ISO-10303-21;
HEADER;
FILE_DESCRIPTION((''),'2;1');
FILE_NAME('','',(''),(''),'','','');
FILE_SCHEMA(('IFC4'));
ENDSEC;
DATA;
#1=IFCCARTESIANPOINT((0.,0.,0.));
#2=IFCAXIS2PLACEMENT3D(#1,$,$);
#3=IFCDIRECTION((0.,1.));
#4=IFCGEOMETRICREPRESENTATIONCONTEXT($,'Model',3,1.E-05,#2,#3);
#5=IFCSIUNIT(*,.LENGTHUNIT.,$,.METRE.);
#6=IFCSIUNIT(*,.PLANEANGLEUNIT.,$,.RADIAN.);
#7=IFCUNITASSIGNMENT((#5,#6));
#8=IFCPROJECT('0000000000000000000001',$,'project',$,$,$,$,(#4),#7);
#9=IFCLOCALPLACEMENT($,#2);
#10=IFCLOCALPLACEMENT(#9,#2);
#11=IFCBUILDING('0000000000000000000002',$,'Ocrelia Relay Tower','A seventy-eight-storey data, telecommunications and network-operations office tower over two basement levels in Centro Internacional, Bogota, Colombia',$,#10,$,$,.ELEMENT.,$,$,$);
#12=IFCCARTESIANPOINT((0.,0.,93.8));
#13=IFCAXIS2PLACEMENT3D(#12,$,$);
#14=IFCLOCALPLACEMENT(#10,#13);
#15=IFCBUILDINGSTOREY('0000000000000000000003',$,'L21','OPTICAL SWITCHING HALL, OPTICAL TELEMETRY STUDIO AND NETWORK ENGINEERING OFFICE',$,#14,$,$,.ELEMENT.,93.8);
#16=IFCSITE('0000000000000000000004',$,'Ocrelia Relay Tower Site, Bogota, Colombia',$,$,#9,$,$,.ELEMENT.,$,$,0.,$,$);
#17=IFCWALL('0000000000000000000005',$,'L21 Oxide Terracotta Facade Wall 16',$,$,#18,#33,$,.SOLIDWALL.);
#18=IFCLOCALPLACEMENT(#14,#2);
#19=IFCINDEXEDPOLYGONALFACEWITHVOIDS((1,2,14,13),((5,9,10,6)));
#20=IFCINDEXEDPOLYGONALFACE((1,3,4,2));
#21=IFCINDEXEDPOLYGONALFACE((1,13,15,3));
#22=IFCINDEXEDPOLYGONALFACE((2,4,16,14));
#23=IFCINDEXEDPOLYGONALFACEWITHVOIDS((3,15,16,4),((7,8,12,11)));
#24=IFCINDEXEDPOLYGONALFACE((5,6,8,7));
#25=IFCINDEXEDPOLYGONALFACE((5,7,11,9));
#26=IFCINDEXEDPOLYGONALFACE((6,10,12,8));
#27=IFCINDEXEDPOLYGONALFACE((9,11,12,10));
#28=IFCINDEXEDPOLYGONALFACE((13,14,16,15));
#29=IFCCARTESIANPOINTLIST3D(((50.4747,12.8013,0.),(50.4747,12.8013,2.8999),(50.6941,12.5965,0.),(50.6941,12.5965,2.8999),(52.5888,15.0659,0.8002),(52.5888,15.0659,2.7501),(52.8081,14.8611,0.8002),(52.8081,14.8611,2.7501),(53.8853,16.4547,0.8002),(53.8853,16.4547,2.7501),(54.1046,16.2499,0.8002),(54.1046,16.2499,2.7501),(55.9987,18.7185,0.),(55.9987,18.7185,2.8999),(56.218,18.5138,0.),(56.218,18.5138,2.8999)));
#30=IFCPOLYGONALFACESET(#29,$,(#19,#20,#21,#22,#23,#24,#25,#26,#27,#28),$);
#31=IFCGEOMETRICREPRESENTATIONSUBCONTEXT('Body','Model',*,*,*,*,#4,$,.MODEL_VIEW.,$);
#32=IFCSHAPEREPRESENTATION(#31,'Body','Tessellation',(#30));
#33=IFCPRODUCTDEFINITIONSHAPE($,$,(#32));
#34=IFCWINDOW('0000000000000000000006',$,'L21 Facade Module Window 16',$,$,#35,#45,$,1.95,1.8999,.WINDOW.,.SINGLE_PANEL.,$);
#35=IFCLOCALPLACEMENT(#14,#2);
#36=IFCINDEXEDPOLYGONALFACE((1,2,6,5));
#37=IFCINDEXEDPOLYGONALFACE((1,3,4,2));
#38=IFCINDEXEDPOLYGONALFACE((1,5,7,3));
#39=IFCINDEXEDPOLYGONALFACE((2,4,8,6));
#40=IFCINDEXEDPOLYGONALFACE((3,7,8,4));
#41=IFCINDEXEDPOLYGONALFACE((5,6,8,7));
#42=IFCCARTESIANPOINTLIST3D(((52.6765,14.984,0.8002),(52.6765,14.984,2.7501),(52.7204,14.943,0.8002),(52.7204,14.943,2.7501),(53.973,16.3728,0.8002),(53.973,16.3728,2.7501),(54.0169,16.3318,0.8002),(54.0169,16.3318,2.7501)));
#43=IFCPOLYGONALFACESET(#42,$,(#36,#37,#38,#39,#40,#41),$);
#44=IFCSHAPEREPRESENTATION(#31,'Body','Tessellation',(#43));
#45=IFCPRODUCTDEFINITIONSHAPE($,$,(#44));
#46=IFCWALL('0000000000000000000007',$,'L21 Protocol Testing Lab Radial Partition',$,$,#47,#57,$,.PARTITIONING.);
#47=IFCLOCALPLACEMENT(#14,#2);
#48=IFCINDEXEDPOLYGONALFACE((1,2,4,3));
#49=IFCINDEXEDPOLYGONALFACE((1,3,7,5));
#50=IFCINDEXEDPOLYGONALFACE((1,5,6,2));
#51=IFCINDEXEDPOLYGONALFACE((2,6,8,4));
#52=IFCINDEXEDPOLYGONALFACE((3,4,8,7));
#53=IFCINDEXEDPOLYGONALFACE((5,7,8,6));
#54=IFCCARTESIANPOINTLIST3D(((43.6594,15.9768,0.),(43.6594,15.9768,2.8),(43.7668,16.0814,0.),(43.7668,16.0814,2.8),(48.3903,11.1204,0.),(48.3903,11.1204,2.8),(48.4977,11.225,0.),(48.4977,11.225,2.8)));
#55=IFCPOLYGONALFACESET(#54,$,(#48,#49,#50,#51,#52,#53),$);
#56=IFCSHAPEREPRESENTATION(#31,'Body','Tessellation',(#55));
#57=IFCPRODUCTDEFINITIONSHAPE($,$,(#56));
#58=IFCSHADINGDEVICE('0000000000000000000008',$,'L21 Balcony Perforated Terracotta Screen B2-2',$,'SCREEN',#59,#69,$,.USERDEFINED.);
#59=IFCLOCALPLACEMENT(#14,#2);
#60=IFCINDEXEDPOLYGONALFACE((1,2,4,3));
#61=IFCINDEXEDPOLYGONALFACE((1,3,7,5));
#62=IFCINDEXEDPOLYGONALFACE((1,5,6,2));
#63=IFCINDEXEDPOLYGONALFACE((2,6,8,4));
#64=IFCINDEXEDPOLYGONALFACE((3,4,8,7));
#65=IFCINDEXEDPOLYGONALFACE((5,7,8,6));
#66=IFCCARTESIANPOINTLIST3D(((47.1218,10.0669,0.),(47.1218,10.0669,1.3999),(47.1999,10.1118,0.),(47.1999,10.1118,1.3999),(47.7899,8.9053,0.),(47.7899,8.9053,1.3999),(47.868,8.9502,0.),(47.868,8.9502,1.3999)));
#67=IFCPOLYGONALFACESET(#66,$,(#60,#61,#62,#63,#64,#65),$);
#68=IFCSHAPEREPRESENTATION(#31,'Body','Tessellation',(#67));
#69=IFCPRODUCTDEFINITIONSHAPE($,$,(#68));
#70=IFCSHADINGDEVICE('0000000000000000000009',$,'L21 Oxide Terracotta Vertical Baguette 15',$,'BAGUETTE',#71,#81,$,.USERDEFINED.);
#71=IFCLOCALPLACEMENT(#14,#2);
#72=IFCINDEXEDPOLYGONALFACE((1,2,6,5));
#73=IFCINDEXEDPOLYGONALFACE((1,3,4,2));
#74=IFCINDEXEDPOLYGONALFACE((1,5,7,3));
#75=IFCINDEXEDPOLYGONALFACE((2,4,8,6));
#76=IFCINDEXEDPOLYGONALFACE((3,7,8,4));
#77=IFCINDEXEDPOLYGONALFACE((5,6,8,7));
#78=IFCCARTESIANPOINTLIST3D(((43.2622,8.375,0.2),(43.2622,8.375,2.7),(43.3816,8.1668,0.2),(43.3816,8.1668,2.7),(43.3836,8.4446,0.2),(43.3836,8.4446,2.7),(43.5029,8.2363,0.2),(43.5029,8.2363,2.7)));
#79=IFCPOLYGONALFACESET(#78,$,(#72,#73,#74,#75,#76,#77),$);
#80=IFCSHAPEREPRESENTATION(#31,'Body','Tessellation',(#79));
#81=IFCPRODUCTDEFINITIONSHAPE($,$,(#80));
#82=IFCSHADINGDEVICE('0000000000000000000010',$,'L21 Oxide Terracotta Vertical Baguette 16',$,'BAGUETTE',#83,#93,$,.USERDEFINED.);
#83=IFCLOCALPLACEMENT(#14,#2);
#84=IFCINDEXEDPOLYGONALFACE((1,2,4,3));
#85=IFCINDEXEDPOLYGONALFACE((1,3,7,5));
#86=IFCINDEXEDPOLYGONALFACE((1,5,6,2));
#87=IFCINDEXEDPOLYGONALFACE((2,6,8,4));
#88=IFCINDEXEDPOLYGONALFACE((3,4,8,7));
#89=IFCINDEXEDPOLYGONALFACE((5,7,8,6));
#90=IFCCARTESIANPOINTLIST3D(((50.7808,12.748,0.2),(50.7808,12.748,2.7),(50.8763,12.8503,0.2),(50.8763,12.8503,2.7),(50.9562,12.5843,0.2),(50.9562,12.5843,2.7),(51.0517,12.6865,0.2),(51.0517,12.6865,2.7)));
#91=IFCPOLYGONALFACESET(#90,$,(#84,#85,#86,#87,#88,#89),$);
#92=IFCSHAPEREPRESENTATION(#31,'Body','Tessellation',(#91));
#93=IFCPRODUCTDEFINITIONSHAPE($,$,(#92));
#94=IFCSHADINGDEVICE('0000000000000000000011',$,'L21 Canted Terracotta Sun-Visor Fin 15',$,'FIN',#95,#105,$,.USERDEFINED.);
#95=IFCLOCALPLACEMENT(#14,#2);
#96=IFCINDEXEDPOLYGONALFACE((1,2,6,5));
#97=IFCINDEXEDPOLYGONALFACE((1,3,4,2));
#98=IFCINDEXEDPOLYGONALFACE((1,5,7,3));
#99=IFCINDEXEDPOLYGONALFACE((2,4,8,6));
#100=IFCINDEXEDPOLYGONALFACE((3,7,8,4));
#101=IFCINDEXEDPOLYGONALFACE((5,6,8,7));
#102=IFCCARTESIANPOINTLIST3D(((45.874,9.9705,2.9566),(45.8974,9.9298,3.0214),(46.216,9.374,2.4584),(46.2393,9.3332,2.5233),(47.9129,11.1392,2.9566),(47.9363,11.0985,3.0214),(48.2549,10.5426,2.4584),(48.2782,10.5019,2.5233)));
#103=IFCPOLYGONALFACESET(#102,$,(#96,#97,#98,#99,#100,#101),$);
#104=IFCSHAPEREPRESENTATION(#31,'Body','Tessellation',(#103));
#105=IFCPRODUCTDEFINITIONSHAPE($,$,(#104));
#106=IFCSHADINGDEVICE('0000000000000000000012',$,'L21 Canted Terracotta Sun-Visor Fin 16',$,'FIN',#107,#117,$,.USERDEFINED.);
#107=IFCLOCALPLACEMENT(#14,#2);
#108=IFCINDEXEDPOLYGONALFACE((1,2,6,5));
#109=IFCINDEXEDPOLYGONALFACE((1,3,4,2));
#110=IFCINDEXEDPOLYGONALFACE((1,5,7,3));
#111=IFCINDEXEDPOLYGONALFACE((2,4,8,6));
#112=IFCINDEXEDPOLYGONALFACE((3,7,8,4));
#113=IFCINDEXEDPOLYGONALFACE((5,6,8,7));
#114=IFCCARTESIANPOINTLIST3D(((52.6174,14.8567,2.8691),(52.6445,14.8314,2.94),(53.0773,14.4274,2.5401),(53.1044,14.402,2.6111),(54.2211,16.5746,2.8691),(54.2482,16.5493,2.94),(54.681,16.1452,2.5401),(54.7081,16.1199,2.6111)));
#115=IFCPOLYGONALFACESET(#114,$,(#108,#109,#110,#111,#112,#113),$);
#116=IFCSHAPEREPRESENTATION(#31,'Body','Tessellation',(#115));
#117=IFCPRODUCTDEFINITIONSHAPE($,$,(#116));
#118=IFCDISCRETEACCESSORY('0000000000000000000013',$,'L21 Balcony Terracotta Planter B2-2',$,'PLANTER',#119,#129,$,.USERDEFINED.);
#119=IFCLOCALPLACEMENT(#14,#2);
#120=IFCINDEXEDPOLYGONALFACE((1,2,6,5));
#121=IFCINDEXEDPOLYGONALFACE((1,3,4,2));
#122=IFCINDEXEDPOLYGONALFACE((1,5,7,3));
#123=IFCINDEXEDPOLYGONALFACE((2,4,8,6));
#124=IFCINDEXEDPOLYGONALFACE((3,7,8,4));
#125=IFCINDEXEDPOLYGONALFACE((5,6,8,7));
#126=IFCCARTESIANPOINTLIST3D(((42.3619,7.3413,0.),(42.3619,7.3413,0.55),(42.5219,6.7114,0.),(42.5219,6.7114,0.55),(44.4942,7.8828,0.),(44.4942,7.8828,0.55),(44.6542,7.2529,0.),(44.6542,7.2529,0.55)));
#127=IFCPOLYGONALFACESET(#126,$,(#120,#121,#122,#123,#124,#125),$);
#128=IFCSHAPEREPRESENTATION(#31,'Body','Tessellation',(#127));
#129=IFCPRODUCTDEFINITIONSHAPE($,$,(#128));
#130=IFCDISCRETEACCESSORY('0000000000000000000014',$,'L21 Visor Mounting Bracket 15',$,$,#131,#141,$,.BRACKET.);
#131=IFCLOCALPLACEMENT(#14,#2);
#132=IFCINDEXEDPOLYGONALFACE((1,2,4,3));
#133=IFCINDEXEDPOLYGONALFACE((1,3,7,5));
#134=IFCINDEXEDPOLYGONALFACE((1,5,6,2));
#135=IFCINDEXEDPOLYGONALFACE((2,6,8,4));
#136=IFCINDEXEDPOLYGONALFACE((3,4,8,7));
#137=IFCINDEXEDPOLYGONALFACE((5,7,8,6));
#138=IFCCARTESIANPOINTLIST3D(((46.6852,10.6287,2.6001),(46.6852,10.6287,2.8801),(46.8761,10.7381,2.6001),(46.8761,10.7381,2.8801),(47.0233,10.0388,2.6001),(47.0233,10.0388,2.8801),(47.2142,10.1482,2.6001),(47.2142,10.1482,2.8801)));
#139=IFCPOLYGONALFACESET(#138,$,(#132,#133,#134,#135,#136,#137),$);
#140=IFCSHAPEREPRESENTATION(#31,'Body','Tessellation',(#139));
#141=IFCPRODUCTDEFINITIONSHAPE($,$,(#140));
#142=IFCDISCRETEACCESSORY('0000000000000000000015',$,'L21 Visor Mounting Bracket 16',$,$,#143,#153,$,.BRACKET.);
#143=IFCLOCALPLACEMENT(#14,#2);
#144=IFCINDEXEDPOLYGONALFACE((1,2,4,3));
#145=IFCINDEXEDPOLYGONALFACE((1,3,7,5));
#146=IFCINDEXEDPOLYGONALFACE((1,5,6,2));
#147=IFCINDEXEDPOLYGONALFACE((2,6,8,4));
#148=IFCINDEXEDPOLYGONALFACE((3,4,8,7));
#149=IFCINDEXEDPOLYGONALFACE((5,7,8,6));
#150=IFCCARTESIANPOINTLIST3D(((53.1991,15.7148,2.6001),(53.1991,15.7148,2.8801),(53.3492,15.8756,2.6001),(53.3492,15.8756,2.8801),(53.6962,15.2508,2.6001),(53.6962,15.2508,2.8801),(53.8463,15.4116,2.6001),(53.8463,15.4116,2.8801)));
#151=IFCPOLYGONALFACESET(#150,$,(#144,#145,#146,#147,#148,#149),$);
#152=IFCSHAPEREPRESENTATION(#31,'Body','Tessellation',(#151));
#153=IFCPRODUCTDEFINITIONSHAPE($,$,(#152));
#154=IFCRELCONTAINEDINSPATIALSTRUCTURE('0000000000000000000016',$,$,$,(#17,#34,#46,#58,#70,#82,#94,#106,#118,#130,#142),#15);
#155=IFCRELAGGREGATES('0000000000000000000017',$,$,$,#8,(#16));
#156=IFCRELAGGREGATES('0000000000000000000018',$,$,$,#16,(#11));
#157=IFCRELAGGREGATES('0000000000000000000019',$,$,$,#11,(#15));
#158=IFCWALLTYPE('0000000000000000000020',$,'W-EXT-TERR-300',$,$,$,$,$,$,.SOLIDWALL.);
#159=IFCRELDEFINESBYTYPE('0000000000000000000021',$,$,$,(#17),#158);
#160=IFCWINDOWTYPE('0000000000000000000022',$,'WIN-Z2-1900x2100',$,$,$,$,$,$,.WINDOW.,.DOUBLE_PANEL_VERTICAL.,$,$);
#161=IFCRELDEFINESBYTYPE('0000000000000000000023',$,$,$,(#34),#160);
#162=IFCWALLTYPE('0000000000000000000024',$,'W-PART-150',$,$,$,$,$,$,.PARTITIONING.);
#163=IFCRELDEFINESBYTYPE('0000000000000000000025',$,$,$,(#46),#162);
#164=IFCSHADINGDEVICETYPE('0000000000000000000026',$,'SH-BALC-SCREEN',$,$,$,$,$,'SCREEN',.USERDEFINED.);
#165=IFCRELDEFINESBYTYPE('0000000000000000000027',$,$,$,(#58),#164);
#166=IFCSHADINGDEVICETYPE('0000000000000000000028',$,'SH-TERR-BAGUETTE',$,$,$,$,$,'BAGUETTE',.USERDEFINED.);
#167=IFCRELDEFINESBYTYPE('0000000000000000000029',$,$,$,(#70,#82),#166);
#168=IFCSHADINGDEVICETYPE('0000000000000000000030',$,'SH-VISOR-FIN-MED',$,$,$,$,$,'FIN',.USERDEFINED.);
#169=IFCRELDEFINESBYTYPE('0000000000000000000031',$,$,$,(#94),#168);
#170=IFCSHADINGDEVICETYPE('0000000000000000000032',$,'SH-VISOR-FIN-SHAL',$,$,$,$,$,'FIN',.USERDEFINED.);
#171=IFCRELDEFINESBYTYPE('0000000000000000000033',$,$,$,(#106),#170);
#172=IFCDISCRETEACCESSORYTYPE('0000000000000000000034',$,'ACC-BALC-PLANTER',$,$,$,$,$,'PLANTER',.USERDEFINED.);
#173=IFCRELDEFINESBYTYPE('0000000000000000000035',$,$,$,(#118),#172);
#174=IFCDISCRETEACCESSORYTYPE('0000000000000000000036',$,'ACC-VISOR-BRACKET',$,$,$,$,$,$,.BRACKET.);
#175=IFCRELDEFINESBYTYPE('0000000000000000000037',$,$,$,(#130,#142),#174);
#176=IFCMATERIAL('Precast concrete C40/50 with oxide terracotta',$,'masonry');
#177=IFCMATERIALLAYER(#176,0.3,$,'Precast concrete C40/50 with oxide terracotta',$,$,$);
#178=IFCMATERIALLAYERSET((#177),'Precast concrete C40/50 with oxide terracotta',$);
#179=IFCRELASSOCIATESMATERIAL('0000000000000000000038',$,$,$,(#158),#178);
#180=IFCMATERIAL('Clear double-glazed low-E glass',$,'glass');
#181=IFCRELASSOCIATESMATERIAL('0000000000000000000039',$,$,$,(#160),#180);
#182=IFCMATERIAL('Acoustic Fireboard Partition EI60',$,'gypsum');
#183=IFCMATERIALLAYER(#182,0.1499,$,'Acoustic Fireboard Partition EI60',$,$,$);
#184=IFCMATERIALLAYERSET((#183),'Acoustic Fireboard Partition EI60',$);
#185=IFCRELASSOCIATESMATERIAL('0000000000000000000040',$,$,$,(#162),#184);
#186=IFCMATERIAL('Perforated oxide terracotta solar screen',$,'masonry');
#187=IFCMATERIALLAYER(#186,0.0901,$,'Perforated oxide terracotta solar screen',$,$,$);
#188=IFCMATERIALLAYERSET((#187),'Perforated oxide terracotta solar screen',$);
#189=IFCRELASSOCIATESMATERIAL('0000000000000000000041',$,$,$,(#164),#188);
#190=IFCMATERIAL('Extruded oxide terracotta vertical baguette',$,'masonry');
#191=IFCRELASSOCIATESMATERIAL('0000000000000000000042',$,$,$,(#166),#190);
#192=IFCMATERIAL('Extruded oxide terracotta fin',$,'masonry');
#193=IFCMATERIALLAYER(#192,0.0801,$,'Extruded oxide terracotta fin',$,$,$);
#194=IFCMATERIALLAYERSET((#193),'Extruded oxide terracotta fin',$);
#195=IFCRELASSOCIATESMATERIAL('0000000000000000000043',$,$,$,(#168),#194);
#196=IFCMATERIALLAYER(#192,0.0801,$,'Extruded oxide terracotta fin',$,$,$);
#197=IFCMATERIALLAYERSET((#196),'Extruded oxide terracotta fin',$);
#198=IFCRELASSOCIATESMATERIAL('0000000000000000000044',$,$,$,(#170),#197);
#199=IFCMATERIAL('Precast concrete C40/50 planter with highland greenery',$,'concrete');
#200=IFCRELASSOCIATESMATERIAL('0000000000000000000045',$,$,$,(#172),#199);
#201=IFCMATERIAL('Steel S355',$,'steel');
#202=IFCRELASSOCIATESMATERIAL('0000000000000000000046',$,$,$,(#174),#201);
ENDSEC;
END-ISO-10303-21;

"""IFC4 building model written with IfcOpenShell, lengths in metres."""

from ifc_helpers import new_model, si_unit, direction, frame, frame_2d, origin, origin_2d, place, context, subcontext, project, spatial, rectangle, extrude, material, layer, layer_set, type_object, element, fill, save


model = new_model("IFC4")

# Units and contexts
model_context = context("Model", 3, precision=1e-05, world=origin(), true_north=direction((0.0, 1.0)))
body_context = subcontext(model_context, "Body", "Model", "MODEL_VIEW")
ifc_project = project(units=[si_unit("LENGTHUNIT", "METRE"), si_unit("PLANEANGLEUNIT", "RADIAN")], contexts=[model_context])

# Site, building, storey
site_placement = place(None, origin())
site = spatial("IfcSite", under=ifc_project, at=site_placement, Name="Ocrelia Relay Tower Site, Bogota, Colombia", CompositionType="ELEMENT", RefElevation=0.0)
building_placement = place(site_placement, origin())
building = spatial("IfcBuilding", under=site, at=building_placement, Name="Ocrelia Relay Tower", Description="A seventy-eight-storey data, telecommunications and network-operations office tower over two basement levels in Centro Internacional, Bogota, Colombia", CompositionType="ELEMENT")
storey_placement = place(building_placement, frame((0.0, 0.0, 93.8)))
storey = spatial("IfcBuildingStorey", under=building, at=storey_placement, Name="L21", Description="OPTICAL SWITCHING HALL, OPTICAL TELEMETRY STUDIO AND NETWORK ENGINEERING OFFICE", CompositionType="ELEMENT", Elevation=93.8)

# Shared definitions
ifc_material_1 = material(Name="Steel S355", Category="steel")

# Wall, opening, window
ifc_material_2 = material(Name="Precast concrete C40/50 with oxide terracotta", Category="masonry")
ifc_layer_1 = layer(ifc_material_2, 0.3, Name="Precast concrete C40/50 with oxide terracotta")
ifc_layer_set_1 = layer_set([ifc_layer_1], Name="Precast concrete C40/50 with oxide terracotta")
wall_type_1 = type_object("IfcWallType", Name="W-EXT-TERR-300", PredefinedType="SOLIDWALL", material=ifc_layer_set_1)
wall_1_placement = place(storey_placement, frame((50.5845, 12.699, 0.0), z_axis=(0.0, 0.0, 1.0), x_axis=(0.682396, 0.730983, 0.0)))
wall_1 = element("IfcWall", 1, at=wall_1_placement, inside=storey, type_object=wall_type_1, Name="L21 Oxide Terracotta Facade Wall 16", PredefinedType="SOLIDWALL", context=body_context, shape_type="SweptSolid", body=[
    extrude(rectangle(XDim=8.095, YDim=0.3, at=frame_2d((4.0474, 0.0))), origin(), (0.0, 0.0, 1.0), 2.8999),
])
opening_placement = place(wall_1_placement, frame((3.0979, 0.0, 0.8)))
opening = element("IfcOpeningElement", 2, at=opening_placement, cuts=wall_1, PredefinedType="OPENING", context=body_context, shape_type="SweptSolid", body=[
    extrude(rectangle(XDim=1.8999, YDim=1.95, at=frame_2d((0.95, 0.9751))), frame((0.0, 0.1602, 0.0), z_axis=(0.0, -1.0, 0.0), x_axis=(1.0, 0.0, 0.0)), (0.0, 0.0, 1.0), 0.3201),
])
ifc_material_3 = material(Name="Clear double-glazed low-E glass", Category="glass")
window_type = type_object("IfcWindowType", Name="WIN-Z2-1900x2100", PartitioningType="DOUBLE_PANEL_VERTICAL", PredefinedType="WINDOW", material=ifc_material_3)
window_placement = place(opening_placement, origin())
window = element("IfcWindow", 3, at=window_placement, inside=storey, type_object=window_type, Name="L21 Facade Module Window 16", OverallHeight=1.95, OverallWidth=1.8999, PartitioningType="SINGLE_PANEL", PredefinedType="WINDOW", context=body_context, shape_type="SweptSolid", body=[
    extrude(rectangle(XDim=1.8999, YDim=1.95, at=frame_2d((0.95, 0.9751))), frame((0.0, 0.03, 0.0), z_axis=(0.0, -1.0, 0.0), x_axis=(1.0, 0.0, 0.0)), (0.0, 0.0, 1.0), 0.0601),
])
fill(opening, window)

# Wall
ifc_material_4 = material(Name="Acoustic Fireboard Partition EI60", Category="gypsum")
ifc_layer_2 = layer(ifc_material_4, 0.1499, Name="Acoustic Fireboard Partition EI60")
ifc_layer_set_2 = layer_set([ifc_layer_2], Name="Acoustic Fireboard Partition EI60")
wall_type_2 = type_object("IfcWallType", Name="W-PART-150", PredefinedType="PARTITIONING", material=ifc_layer_set_2)
wall_2_placement = place(storey_placement, frame((43.7131, 16.0291, 0.0), z_axis=(0.0, 0.0, 1.0), x_axis=(0.697792, -0.716301, 0.0)))
element("IfcWall", 4, at=wall_2_placement, inside=storey, type_object=wall_type_2, Name="L21 Protocol Testing Lab Radial Partition", PredefinedType="PARTITIONING", context=body_context, shape_type="SweptSolid", body=[
    extrude(rectangle(XDim=6.7798, YDim=0.1499, at=frame_2d((3.3899, 0.0))), origin(), (0.0, 0.0, 1.0), 2.8),
])

# Shading devices
ifc_material_5 = material(Name="Perforated oxide terracotta solar screen", Category="masonry")
ifc_layer_3 = layer(ifc_material_5, 0.0901, Name="Perforated oxide terracotta solar screen")
ifc_layer_set_3 = layer_set([ifc_layer_3], Name="Perforated oxide terracotta solar screen")
shading_device_type_1 = type_object("IfcShadingDeviceType", Name="SH-BALC-SCREEN", ElementType="SCREEN", PredefinedType="USERDEFINED", material=ifc_layer_set_3)
shading_device_1_placement = place(storey_placement, frame((47.4949, 9.5085, 0.0), z_axis=(0.0, 0.0, 1.0), x_axis=(0.498556, -0.866857, 0.0)))
element("IfcShadingDevice", 5, at=shading_device_1_placement, inside=storey, type_object=shading_device_type_1, Name="L21 Balcony Perforated Terracotta Screen B2-2", ObjectType="SCREEN", PredefinedType="USERDEFINED", context=body_context, shape_type="SweptSolid", body=[
    extrude(rectangle(XDim=1.3401, YDim=0.0901, at=origin_2d()), origin(), (0.0, 0.0, 1.0), 1.3999),
])
ifc_material_6 = material(Name="Extruded oxide terracotta vertical baguette", Category="masonry")
shading_device_type_2 = type_object("IfcShadingDeviceType", Name="SH-TERR-BAGUETTE", ElementType="BAGUETTE", PredefinedType="USERDEFINED", material=ifc_material_6)
for number, where, z_axis, x_axis, name in (
    (6, (43.3826, 8.3057, 0.2), (0.0, 0.0, 1.0), (0.867582, 0.497293, 0.0), "L21 Oxide Terracotta Vertical Baguette 15"),
    (7, (50.9163, 12.7173, 0.2), (0.0, 0.0, 1.0), (0.682397, 0.730982, 0.0), "L21 Oxide Terracotta Vertical Baguette 16"),
):
    element("IfcShadingDevice", number, at=place(storey_placement, frame(where, z_axis=z_axis, x_axis=x_axis)), inside=storey, type_object=shading_device_type_2, Name=name, ObjectType="BAGUETTE", PredefinedType="USERDEFINED", context=body_context, shape_type="SweptSolid", body=[
        extrude(rectangle(XDim=0.1399, YDim=0.24, at=origin_2d()), origin(), (0.0, 0.0, 1.0), 2.5),
    ])
ifc_material_7 = material(Name="Extruded oxide terracotta fin", Category="masonry")
ifc_layer_4 = layer(ifc_material_7, 0.0801, Name="Extruded oxide terracotta fin")
ifc_layer_set_4 = layer_set([ifc_layer_4], Name="Extruded oxide terracotta fin")
shading_device_type_3 = type_object("IfcShadingDeviceType", Name="SH-VISOR-FIN-MED", ElementType="FIN", PredefinedType="USERDEFINED", material=ifc_layer_set_4)
shading_device_2_placement = place(storey_placement, frame((47.0645, 10.2566, 2.7075), z_axis=(0.29174, -0.508972, 0.809837), x_axis=(0.867582, 0.497293, 0.0)))
element("IfcShadingDevice", 8, at=shading_device_2_placement, inside=storey, type_object=shading_device_type_3, Name="L21 Canted Terracotta Sun-Visor Fin 15", ObjectType="FIN", PredefinedType="USERDEFINED", context=body_context, shape_type="SweptSolid", body=[
    extrude(rectangle(XDim=2.3501, YDim=0.8491, at=origin_2d()), origin(), (0.0, 0.0, 1.0), 0.0801),
])
ifc_layer_5 = layer(ifc_material_7, 0.0801, Name="Extruded oxide terracotta fin")
ifc_layer_set_5 = layer_set([ifc_layer_5], Name="Extruded oxide terracotta fin")
shading_device_type_4 = type_object("IfcShadingDeviceType", Name="SH-VISOR-FIN-SHAL", ElementType="FIN", PredefinedType="USERDEFINED", material=ifc_layer_set_5)
shading_device_3_placement = place(storey_placement, frame((53.6492, 15.501, 2.7046), z_axis=(0.338661, -0.316152, 0.886204), x_axis=(0.682397, 0.730982, 0.0)))
element("IfcShadingDevice", 9, at=shading_device_3_placement, inside=storey, type_object=shading_device_type_4, Name="L21 Canted Terracotta Sun-Visor Fin 16", ObjectType="FIN", PredefinedType="USERDEFINED", context=body_context, shape_type="SweptSolid", body=[
    extrude(rectangle(XDim=2.3501, YDim=0.71, at=origin_2d()), origin(), (0.0, 0.0, 1.0), 0.0801),
])

# Discrete accessories
ifc_material_8 = material(Name="Precast concrete C40/50 planter with highland greenery", Category="concrete")
discrete_accessory_type_1 = type_object("IfcDiscreteAccessoryType", Name="ACC-BALC-PLANTER", ElementType="PLANTER", PredefinedType="USERDEFINED", material=ifc_material_8)
discrete_accessory_placement = place(storey_placement, frame((43.5081, 7.2971, 0.0), z_axis=(0.0, 0.0, 1.0), x_axis=(-0.96923, -0.246158, 0.0)))
element("IfcDiscreteAccessory", 10, at=discrete_accessory_placement, inside=storey, type_object=discrete_accessory_type_1, Name="L21 Balcony Terracotta Planter B2-2", ObjectType="PLANTER", PredefinedType="USERDEFINED", context=body_context, shape_type="SweptSolid", body=[
    extrude(rectangle(XDim=2.2, YDim=0.6499, at=origin_2d()), origin(), (0.0, 0.0, 1.0), 0.55),
])
discrete_accessory_type_2 = type_object("IfcDiscreteAccessoryType", Name="ACC-VISOR-BRACKET", PredefinedType="BRACKET", material=ifc_material_1)
for number, where, z_axis, x_axis, name in (
    (11, (46.9497, 10.3884, 2.6001), (0.0, 0.0, 1.0), (0.867582, 0.497293, 0.0), "L21 Visor Mounting Bracket 15"),
    (12, (53.5227, 15.5632, 2.6001), (0.0, 0.0, 1.0), (0.682397, 0.730982, 0.0), "L21 Visor Mounting Bracket 16"),
):
    element("IfcDiscreteAccessory", number, at=place(storey_placement, frame(where, z_axis=z_axis, x_axis=x_axis)), inside=storey, type_object=discrete_accessory_type_2, Name=name, PredefinedType="BRACKET", context=body_context, shape_type="SweptSolid", body=[
        extrude(rectangle(XDim=0.22, YDim=0.6799, at=origin_2d()), origin(), (0.0, 0.0, 1.0), 0.28),
    ])

save(model, "model.ifc")
